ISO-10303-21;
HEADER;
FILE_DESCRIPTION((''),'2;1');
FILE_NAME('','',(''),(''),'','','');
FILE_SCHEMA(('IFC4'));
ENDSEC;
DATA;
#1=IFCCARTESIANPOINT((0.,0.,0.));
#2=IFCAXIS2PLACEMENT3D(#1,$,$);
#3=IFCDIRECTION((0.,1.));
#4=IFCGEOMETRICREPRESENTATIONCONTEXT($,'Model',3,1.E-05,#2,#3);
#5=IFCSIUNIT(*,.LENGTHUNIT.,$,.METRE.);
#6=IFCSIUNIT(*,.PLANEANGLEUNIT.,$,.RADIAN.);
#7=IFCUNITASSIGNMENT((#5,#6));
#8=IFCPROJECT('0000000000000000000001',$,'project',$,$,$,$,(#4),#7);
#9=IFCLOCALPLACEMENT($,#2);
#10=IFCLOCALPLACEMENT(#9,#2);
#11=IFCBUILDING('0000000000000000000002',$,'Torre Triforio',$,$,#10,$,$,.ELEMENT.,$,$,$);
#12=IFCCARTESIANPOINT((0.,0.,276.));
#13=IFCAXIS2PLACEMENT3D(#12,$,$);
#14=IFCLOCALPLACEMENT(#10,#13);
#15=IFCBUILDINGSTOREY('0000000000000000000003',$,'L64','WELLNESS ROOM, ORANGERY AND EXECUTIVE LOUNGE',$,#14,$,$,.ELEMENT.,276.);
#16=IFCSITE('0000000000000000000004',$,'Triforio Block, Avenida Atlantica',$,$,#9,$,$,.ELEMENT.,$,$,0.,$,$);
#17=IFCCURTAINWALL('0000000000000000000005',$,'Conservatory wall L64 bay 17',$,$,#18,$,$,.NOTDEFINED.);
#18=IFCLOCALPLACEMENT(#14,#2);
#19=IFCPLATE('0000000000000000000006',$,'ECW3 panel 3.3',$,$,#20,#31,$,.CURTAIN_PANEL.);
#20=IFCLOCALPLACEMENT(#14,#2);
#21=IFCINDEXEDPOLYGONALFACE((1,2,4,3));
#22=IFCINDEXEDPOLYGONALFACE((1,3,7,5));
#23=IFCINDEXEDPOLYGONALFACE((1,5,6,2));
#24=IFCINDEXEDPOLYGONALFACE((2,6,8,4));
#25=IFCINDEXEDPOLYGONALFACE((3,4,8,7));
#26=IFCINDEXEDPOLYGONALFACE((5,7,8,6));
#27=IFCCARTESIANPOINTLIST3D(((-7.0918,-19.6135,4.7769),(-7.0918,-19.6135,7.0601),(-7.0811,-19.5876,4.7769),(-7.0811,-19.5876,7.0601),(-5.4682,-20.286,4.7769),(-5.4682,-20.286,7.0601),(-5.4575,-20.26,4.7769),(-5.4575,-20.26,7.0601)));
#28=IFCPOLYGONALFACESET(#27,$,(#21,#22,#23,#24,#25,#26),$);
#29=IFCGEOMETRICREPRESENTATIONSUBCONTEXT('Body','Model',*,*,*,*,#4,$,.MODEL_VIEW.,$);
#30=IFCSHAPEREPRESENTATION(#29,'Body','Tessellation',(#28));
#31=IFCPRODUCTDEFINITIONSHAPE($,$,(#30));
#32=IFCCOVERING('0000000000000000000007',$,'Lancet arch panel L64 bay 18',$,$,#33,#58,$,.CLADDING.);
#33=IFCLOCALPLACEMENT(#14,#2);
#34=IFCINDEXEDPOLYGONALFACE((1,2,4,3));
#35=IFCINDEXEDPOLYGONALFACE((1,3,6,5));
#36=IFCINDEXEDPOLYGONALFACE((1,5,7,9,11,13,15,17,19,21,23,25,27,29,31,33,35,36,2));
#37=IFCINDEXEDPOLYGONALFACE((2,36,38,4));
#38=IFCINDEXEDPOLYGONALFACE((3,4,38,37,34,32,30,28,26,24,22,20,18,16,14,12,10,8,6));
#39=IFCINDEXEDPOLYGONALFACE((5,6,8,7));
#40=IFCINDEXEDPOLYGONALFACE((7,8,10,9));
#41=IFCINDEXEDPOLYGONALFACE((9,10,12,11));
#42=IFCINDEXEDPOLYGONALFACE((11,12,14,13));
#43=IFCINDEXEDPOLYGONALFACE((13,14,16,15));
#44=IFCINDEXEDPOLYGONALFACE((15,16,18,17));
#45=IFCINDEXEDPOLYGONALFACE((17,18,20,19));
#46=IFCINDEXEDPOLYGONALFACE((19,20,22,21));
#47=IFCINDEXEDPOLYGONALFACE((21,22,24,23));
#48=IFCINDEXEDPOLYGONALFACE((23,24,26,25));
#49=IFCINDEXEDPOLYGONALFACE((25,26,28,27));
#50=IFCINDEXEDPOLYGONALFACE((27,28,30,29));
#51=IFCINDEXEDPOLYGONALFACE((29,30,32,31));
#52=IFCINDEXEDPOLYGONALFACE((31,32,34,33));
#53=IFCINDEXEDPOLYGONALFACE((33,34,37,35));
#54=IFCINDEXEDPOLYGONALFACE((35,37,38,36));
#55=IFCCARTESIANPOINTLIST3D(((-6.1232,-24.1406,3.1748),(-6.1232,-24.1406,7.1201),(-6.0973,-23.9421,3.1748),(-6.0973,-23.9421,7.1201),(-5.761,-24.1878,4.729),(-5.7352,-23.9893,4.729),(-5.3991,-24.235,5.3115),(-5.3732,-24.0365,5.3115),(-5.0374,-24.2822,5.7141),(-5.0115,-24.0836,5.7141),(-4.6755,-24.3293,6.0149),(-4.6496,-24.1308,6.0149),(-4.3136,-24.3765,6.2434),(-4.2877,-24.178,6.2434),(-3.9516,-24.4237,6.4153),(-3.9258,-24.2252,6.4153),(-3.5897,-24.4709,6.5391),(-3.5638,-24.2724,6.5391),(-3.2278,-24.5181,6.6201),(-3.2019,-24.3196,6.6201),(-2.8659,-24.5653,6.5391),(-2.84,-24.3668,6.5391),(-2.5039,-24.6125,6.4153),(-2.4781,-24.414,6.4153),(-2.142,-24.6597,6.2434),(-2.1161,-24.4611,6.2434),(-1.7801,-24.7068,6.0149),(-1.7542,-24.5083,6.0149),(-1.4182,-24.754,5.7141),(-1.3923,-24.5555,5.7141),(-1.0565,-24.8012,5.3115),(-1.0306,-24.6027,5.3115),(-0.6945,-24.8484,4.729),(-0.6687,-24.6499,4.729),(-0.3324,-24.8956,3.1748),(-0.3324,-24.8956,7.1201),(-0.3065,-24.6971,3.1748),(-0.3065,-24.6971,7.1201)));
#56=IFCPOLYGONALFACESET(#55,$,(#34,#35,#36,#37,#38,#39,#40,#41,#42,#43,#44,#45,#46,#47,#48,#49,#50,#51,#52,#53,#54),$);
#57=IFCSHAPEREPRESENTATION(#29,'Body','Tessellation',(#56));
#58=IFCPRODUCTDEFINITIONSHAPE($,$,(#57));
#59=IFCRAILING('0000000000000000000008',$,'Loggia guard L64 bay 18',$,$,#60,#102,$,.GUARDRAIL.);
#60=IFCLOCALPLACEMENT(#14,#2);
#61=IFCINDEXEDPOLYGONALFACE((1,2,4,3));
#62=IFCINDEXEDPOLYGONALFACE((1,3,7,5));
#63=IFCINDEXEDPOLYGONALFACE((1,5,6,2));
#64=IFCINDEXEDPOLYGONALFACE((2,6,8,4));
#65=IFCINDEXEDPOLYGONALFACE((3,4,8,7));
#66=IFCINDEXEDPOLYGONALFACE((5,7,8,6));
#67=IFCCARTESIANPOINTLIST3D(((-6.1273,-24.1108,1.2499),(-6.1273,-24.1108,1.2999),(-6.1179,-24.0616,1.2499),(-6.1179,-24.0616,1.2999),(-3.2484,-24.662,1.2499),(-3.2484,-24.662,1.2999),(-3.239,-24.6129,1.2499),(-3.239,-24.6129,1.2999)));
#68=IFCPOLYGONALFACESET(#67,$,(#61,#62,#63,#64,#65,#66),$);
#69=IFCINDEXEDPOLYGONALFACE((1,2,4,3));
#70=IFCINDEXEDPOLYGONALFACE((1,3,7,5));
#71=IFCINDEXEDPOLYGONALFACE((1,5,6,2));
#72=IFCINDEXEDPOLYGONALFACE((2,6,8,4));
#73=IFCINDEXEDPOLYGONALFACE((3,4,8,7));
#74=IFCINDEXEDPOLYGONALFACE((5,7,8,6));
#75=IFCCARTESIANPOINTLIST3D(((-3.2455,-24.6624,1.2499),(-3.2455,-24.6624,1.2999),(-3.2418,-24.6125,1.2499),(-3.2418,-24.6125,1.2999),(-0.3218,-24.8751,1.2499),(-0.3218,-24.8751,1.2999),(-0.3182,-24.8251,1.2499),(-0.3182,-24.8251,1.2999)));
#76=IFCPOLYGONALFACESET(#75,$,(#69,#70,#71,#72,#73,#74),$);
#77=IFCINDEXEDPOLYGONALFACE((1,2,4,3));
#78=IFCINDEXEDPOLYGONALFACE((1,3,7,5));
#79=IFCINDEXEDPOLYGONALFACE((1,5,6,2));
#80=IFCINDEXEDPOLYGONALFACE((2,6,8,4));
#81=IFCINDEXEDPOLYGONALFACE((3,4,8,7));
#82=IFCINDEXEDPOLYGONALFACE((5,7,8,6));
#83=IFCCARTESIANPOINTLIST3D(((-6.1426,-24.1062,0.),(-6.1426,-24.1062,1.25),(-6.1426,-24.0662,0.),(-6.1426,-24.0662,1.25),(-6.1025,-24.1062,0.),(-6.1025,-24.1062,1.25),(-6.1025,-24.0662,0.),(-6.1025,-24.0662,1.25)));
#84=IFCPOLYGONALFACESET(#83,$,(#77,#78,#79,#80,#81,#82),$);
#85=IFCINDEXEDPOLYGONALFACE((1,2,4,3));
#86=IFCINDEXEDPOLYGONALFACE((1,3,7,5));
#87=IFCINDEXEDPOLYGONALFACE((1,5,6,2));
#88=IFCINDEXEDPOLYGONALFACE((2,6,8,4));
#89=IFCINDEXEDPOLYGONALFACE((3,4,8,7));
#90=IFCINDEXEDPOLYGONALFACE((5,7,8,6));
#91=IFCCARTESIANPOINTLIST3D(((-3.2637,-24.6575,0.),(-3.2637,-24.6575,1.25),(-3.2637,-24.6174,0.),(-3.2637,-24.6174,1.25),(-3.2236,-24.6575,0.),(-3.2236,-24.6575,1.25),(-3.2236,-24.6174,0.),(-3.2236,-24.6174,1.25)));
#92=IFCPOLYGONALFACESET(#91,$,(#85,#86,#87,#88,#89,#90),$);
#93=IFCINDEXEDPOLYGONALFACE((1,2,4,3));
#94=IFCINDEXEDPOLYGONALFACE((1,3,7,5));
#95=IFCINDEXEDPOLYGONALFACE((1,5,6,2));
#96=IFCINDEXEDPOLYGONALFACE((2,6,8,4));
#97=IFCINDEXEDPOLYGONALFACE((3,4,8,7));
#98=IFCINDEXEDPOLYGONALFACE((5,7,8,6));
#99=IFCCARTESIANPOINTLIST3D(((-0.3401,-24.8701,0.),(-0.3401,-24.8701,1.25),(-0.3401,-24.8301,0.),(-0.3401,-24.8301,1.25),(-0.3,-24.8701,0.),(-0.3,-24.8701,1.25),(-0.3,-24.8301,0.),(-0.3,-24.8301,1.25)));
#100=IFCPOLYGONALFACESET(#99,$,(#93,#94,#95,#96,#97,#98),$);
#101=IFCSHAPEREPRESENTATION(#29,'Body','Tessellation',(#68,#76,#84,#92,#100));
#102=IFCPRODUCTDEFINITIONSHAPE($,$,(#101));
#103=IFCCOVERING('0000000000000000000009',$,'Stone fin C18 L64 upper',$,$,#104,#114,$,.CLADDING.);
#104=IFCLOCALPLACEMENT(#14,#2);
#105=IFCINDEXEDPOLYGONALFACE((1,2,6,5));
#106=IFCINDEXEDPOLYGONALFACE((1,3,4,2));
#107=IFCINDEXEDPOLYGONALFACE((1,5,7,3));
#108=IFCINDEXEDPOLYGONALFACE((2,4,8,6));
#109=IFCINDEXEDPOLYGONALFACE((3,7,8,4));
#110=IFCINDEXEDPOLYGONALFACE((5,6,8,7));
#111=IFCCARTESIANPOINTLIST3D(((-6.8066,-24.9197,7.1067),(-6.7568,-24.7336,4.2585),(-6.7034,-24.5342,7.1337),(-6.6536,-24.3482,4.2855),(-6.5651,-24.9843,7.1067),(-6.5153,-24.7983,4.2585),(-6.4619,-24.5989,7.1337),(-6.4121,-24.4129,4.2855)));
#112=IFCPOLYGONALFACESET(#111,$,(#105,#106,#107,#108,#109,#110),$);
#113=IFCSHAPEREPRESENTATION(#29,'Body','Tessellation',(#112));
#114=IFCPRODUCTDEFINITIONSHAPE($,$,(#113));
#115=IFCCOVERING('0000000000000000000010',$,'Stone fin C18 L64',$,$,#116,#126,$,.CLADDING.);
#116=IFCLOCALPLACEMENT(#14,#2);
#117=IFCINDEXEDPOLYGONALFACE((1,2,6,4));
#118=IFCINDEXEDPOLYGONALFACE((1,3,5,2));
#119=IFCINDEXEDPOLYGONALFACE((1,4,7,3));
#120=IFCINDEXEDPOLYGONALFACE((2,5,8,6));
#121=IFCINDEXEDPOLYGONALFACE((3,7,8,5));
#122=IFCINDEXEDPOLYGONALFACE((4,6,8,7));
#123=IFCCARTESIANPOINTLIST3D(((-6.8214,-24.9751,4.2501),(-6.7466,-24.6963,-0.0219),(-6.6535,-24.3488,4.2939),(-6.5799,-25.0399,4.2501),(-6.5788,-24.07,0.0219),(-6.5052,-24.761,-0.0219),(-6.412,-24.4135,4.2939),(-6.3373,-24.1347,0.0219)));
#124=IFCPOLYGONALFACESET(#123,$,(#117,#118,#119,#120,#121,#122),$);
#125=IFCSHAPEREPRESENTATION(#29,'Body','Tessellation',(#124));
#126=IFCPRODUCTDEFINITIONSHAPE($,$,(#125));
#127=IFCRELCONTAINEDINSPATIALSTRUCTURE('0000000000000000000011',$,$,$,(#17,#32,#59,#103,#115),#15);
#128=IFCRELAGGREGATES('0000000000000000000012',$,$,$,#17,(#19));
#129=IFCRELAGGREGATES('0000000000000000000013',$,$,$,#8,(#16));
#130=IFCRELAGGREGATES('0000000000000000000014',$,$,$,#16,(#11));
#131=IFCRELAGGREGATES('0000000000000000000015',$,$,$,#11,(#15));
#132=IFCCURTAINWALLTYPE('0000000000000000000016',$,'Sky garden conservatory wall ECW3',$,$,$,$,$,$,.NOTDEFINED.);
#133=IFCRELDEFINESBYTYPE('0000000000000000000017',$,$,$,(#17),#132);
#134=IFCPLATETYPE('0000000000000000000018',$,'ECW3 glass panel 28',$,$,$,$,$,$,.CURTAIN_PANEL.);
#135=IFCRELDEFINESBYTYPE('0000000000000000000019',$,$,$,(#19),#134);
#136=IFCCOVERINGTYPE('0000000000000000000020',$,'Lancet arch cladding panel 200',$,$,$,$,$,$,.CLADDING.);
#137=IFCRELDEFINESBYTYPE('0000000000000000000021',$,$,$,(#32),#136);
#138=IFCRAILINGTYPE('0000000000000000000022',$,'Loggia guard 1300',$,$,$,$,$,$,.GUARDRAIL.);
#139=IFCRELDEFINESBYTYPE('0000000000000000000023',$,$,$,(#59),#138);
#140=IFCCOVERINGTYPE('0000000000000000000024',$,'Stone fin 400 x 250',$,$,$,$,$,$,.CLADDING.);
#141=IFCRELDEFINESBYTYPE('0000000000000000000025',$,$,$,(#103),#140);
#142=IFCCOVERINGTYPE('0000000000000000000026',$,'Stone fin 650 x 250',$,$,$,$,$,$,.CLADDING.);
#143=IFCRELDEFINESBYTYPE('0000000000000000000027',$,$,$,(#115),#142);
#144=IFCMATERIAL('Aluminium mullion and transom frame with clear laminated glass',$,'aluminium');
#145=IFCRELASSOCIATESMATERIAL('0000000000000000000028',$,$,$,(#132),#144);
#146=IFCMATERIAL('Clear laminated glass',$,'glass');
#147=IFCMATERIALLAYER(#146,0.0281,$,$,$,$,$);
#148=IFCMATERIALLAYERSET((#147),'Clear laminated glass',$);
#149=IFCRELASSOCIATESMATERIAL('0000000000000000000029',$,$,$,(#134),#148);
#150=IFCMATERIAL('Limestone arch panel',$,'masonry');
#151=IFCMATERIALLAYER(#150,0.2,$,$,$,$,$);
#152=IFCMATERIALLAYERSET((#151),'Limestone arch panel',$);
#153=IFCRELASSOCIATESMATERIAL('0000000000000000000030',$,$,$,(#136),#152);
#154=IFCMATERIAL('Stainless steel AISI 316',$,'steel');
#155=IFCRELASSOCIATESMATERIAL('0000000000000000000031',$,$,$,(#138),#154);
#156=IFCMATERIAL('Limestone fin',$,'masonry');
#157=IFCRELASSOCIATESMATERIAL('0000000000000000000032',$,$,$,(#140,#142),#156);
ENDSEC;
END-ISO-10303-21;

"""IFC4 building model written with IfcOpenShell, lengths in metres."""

from ifc_helpers import new_model, si_unit, direction, frame, origin, origin_2d, place, context, subcontext, project, spatial, polyline, rectangle, outline, extrude, material, layer, layer_set, material_profile, profile_set, type_object, element, aggregate, save


model = new_model("IFC4")

# Units and contexts
model_context = context("Model", 3, precision=1e-05, world=origin(), true_north=direction((0.0, 1.0)))
body_context = subcontext(model_context, "Body", "Model", "MODEL_VIEW")
ifc_project = project(units=[si_unit("LENGTHUNIT", "METRE"), si_unit("PLANEANGLEUNIT", "RADIAN")], contexts=[model_context])

# Site, building, storey
site_placement = place(None, origin())
site = spatial("IfcSite", under=ifc_project, at=site_placement, Name="Triforio Block, Avenida Atlantica", CompositionType="ELEMENT", RefElevation=0.0)
building_placement = place(site_placement, origin())
building = spatial("IfcBuilding", under=site, at=building_placement, Name="Torre Triforio", CompositionType="ELEMENT")
storey_placement = place(building_placement, frame((0.0, 0.0, 276.0)))
storey = spatial("IfcBuildingStorey", under=building, at=storey_placement, Name="L64", Description="WELLNESS ROOM, ORANGERY AND EXECUTIVE LOUNGE", CompositionType="ELEMENT", Elevation=276.0)

# Curtain wall
ifc_material_1 = material(Name="Aluminium mullion and transom frame with clear laminated glass", Category="aluminium")
curtain_wall_type = type_object("IfcCurtainWallType", Name="Sky garden conservatory wall ECW3", PredefinedType="NOTDEFINED", material=ifc_material_1)
curtain_wall_placement = place(storey_placement, origin())
curtain_wall = element("IfcCurtainWall", 1, at=curtain_wall_placement, inside=storey, type_object=curtain_wall_type, Name="Conservatory wall L64 bay 17", PredefinedType="NOTDEFINED")

# Plate
ifc_material_2 = material(Name="Clear laminated glass", Category="glass")
ifc_layer_1 = layer(ifc_material_2, 0.0281)
ifc_layer_set_1 = layer_set([ifc_layer_1], Name="Clear laminated glass")
plate_type = type_object("IfcPlateType", Name="ECW3 glass panel 28", PredefinedType="CURTAIN_PANEL", material=ifc_layer_set_1)
plate_1_placement = place(storey_placement, frame((-6.2747, -19.9368, 4.7769), z_axis=(0.0, 0.0, 1.0), x_axis=(0.923883, -0.382675, 0.0)))
plate_1 = element("IfcPlate", 2, at=plate_1_placement, type_object=plate_type, Name="ECW3 panel 3.3", PredefinedType="CURTAIN_PANEL", context=body_context, shape_type="SweptSolid", body=[
    extrude(rectangle(XDim=1.7573, YDim=0.0281, at=origin_2d()), origin(), (0.0, 0.0, 1.0), 2.2832),
])
aggregate(curtain_wall, [plate_1])

# Covering
ifc_material_3 = material(Name="Limestone arch panel", Category="masonry")
ifc_layer_2 = layer(ifc_material_3, 0.2)
ifc_layer_set_2 = layer_set([ifc_layer_2], Name="Limestone arch panel")
covering_type_1 = type_object("IfcCoveringType", Name="Lancet arch cladding panel 200", PredefinedType="CLADDING", material=ifc_layer_set_2)
covering_1_placement = place(storey_placement, frame((-3.2019, -24.3196, 0.0), z_axis=(-0.129287, -0.991607, 0.0), x_axis=(0.991607, -0.129287, 0.0)))
element("IfcCovering", 3, at=covering_1_placement, inside=storey, type_object=covering_type_1, Name="Lancet arch panel L64 bay 18", PredefinedType="CLADDING", context=body_context, shape_type="SweptSolid", body=[
    extrude(outline(polyline([(-2.9199, 7.1201), (-2.9199, 3.1748), (-2.5547, 4.729), (-2.1897, 5.3115), (-1.825, 5.7141), (-1.46, 6.0149), (-1.095, 6.2434), (-0.73, 6.4153), (-0.365, 6.5391), (0.0, 6.6201), (0.365, 6.5391), (0.73, 6.4153), (1.095, 6.2434), (1.46, 6.0149), (1.825, 5.7141), (2.1897, 5.3115), (2.5547, 4.729), (2.9199, 3.1748), (2.9199, 7.1201), (-2.9199, 7.1201)])), origin(), (0.0, 0.0, 1.0), 0.2002),
])

# Railing
ifc_material_4 = material(Name="Stainless steel AISI 316", Category="steel")
railing_type = type_object("IfcRailingType", Name="Loggia guard 1300", PredefinedType="GUARDRAIL", material=ifc_material_4)
railing_placement = place(storey_placement, frame((-6.1226, -24.0862, 0.0)))
element("IfcRailing", 4, at=railing_placement, inside=storey, type_object=railing_type, Name="Loggia guard L64 bay 18", PredefinedType="GUARDRAIL", context=body_context, shape_type="SweptSolid", body=[
    extrude(rectangle(XDim=0.05, YDim=0.05, at=origin_2d()), frame((0.0, 0.0, 1.2749), z_axis=(0.982156, -0.188069, 0.0), x_axis=(0.188069, 0.982156, 0.0)), (0.0, 0.0, 1.0), 2.9312),
    extrude(rectangle(XDim=0.05, YDim=0.05, at=origin_2d()), frame((2.8789, -0.5513, 1.2749), z_axis=(0.997365, -0.072543, 0.0), x_axis=(0.072543, 0.997365, 0.0)), (0.0, 0.0, 1.0), 2.9314),
    extrude(rectangle(XDim=0.04, YDim=0.04, at=origin_2d()), origin(), (0.0, 0.0, 1.0), 1.25),
    extrude(rectangle(XDim=0.04, YDim=0.04, at=origin_2d()), frame((2.8789, -0.5513, 0.0)), (0.0, 0.0, 1.0), 1.25),
    extrude(rectangle(XDim=0.04, YDim=0.04, at=origin_2d()), frame((5.8025, -0.7639, 0.0)), (0.0, 0.0, 1.0), 1.25),
])

# Coverings
ifc_material_5 = material(Name="Limestone fin", Category="masonry")
ifc_material_profile_1 = material_profile(ifc_material_5, rectangle(XDim=0.3999, YDim=0.25, at=origin_2d()), Name="FIN 400x250")
ifc_profile_set_1 = profile_set([ifc_material_profile_1], Name="Limestone fin")
covering_type_2 = type_object("IfcCoveringType", Name="Stone fin 400 x 250", PredefinedType="CLADDING", material=ifc_profile_set_1)
covering_2_placement = place(storey_placement, frame((-6.5845, -24.5732, 4.272), z_axis=(-0.017447, -0.065169, 0.997722), x_axis=(0.25802, 0.963781, 0.067464)))
element("IfcCovering", 5, at=covering_2_placement, inside=storey, type_object=covering_type_2, Name="Stone fin C18 L64 upper", PredefinedType="CLADDING", context=body_context, shape_type="SweptSolid", body=[
    extrude(rectangle(XDim=0.3999, YDim=0.25, at=origin_2d()), origin(), (0.0, 0.0, 1.0), 2.8547),
])
ifc_material_profile_2 = material_profile(ifc_material_5, rectangle(XDim=0.6499, YDim=0.25, at=origin_2d()), Name="FIN 650x250")
ifc_profile_set_2 = profile_set([ifc_material_profile_2], Name="Limestone fin")
covering_type_3 = type_object("IfcCoveringType", Name="Stone fin 650 x 250", PredefinedType="CLADDING", material=ifc_profile_set_2)
covering_3_placement = place(storey_placement, frame((-6.542, -24.4155, 0.0), z_axis=(-0.017448, -0.065116, 0.997725), x_axis=(0.258232, 0.963728, 0.067413)))
element("IfcCovering", 6, at=covering_3_placement, inside=storey, type_object=covering_type_3, Name="Stone fin C18 L64", PredefinedType="CLADDING", context=body_context, shape_type="SweptSolid", body=[
    extrude(rectangle(XDim=0.6499, YDim=0.25, at=origin_2d()), origin(), (0.0, 0.0, 1.0), 4.2817),
])

save(model, "model.ifc")
